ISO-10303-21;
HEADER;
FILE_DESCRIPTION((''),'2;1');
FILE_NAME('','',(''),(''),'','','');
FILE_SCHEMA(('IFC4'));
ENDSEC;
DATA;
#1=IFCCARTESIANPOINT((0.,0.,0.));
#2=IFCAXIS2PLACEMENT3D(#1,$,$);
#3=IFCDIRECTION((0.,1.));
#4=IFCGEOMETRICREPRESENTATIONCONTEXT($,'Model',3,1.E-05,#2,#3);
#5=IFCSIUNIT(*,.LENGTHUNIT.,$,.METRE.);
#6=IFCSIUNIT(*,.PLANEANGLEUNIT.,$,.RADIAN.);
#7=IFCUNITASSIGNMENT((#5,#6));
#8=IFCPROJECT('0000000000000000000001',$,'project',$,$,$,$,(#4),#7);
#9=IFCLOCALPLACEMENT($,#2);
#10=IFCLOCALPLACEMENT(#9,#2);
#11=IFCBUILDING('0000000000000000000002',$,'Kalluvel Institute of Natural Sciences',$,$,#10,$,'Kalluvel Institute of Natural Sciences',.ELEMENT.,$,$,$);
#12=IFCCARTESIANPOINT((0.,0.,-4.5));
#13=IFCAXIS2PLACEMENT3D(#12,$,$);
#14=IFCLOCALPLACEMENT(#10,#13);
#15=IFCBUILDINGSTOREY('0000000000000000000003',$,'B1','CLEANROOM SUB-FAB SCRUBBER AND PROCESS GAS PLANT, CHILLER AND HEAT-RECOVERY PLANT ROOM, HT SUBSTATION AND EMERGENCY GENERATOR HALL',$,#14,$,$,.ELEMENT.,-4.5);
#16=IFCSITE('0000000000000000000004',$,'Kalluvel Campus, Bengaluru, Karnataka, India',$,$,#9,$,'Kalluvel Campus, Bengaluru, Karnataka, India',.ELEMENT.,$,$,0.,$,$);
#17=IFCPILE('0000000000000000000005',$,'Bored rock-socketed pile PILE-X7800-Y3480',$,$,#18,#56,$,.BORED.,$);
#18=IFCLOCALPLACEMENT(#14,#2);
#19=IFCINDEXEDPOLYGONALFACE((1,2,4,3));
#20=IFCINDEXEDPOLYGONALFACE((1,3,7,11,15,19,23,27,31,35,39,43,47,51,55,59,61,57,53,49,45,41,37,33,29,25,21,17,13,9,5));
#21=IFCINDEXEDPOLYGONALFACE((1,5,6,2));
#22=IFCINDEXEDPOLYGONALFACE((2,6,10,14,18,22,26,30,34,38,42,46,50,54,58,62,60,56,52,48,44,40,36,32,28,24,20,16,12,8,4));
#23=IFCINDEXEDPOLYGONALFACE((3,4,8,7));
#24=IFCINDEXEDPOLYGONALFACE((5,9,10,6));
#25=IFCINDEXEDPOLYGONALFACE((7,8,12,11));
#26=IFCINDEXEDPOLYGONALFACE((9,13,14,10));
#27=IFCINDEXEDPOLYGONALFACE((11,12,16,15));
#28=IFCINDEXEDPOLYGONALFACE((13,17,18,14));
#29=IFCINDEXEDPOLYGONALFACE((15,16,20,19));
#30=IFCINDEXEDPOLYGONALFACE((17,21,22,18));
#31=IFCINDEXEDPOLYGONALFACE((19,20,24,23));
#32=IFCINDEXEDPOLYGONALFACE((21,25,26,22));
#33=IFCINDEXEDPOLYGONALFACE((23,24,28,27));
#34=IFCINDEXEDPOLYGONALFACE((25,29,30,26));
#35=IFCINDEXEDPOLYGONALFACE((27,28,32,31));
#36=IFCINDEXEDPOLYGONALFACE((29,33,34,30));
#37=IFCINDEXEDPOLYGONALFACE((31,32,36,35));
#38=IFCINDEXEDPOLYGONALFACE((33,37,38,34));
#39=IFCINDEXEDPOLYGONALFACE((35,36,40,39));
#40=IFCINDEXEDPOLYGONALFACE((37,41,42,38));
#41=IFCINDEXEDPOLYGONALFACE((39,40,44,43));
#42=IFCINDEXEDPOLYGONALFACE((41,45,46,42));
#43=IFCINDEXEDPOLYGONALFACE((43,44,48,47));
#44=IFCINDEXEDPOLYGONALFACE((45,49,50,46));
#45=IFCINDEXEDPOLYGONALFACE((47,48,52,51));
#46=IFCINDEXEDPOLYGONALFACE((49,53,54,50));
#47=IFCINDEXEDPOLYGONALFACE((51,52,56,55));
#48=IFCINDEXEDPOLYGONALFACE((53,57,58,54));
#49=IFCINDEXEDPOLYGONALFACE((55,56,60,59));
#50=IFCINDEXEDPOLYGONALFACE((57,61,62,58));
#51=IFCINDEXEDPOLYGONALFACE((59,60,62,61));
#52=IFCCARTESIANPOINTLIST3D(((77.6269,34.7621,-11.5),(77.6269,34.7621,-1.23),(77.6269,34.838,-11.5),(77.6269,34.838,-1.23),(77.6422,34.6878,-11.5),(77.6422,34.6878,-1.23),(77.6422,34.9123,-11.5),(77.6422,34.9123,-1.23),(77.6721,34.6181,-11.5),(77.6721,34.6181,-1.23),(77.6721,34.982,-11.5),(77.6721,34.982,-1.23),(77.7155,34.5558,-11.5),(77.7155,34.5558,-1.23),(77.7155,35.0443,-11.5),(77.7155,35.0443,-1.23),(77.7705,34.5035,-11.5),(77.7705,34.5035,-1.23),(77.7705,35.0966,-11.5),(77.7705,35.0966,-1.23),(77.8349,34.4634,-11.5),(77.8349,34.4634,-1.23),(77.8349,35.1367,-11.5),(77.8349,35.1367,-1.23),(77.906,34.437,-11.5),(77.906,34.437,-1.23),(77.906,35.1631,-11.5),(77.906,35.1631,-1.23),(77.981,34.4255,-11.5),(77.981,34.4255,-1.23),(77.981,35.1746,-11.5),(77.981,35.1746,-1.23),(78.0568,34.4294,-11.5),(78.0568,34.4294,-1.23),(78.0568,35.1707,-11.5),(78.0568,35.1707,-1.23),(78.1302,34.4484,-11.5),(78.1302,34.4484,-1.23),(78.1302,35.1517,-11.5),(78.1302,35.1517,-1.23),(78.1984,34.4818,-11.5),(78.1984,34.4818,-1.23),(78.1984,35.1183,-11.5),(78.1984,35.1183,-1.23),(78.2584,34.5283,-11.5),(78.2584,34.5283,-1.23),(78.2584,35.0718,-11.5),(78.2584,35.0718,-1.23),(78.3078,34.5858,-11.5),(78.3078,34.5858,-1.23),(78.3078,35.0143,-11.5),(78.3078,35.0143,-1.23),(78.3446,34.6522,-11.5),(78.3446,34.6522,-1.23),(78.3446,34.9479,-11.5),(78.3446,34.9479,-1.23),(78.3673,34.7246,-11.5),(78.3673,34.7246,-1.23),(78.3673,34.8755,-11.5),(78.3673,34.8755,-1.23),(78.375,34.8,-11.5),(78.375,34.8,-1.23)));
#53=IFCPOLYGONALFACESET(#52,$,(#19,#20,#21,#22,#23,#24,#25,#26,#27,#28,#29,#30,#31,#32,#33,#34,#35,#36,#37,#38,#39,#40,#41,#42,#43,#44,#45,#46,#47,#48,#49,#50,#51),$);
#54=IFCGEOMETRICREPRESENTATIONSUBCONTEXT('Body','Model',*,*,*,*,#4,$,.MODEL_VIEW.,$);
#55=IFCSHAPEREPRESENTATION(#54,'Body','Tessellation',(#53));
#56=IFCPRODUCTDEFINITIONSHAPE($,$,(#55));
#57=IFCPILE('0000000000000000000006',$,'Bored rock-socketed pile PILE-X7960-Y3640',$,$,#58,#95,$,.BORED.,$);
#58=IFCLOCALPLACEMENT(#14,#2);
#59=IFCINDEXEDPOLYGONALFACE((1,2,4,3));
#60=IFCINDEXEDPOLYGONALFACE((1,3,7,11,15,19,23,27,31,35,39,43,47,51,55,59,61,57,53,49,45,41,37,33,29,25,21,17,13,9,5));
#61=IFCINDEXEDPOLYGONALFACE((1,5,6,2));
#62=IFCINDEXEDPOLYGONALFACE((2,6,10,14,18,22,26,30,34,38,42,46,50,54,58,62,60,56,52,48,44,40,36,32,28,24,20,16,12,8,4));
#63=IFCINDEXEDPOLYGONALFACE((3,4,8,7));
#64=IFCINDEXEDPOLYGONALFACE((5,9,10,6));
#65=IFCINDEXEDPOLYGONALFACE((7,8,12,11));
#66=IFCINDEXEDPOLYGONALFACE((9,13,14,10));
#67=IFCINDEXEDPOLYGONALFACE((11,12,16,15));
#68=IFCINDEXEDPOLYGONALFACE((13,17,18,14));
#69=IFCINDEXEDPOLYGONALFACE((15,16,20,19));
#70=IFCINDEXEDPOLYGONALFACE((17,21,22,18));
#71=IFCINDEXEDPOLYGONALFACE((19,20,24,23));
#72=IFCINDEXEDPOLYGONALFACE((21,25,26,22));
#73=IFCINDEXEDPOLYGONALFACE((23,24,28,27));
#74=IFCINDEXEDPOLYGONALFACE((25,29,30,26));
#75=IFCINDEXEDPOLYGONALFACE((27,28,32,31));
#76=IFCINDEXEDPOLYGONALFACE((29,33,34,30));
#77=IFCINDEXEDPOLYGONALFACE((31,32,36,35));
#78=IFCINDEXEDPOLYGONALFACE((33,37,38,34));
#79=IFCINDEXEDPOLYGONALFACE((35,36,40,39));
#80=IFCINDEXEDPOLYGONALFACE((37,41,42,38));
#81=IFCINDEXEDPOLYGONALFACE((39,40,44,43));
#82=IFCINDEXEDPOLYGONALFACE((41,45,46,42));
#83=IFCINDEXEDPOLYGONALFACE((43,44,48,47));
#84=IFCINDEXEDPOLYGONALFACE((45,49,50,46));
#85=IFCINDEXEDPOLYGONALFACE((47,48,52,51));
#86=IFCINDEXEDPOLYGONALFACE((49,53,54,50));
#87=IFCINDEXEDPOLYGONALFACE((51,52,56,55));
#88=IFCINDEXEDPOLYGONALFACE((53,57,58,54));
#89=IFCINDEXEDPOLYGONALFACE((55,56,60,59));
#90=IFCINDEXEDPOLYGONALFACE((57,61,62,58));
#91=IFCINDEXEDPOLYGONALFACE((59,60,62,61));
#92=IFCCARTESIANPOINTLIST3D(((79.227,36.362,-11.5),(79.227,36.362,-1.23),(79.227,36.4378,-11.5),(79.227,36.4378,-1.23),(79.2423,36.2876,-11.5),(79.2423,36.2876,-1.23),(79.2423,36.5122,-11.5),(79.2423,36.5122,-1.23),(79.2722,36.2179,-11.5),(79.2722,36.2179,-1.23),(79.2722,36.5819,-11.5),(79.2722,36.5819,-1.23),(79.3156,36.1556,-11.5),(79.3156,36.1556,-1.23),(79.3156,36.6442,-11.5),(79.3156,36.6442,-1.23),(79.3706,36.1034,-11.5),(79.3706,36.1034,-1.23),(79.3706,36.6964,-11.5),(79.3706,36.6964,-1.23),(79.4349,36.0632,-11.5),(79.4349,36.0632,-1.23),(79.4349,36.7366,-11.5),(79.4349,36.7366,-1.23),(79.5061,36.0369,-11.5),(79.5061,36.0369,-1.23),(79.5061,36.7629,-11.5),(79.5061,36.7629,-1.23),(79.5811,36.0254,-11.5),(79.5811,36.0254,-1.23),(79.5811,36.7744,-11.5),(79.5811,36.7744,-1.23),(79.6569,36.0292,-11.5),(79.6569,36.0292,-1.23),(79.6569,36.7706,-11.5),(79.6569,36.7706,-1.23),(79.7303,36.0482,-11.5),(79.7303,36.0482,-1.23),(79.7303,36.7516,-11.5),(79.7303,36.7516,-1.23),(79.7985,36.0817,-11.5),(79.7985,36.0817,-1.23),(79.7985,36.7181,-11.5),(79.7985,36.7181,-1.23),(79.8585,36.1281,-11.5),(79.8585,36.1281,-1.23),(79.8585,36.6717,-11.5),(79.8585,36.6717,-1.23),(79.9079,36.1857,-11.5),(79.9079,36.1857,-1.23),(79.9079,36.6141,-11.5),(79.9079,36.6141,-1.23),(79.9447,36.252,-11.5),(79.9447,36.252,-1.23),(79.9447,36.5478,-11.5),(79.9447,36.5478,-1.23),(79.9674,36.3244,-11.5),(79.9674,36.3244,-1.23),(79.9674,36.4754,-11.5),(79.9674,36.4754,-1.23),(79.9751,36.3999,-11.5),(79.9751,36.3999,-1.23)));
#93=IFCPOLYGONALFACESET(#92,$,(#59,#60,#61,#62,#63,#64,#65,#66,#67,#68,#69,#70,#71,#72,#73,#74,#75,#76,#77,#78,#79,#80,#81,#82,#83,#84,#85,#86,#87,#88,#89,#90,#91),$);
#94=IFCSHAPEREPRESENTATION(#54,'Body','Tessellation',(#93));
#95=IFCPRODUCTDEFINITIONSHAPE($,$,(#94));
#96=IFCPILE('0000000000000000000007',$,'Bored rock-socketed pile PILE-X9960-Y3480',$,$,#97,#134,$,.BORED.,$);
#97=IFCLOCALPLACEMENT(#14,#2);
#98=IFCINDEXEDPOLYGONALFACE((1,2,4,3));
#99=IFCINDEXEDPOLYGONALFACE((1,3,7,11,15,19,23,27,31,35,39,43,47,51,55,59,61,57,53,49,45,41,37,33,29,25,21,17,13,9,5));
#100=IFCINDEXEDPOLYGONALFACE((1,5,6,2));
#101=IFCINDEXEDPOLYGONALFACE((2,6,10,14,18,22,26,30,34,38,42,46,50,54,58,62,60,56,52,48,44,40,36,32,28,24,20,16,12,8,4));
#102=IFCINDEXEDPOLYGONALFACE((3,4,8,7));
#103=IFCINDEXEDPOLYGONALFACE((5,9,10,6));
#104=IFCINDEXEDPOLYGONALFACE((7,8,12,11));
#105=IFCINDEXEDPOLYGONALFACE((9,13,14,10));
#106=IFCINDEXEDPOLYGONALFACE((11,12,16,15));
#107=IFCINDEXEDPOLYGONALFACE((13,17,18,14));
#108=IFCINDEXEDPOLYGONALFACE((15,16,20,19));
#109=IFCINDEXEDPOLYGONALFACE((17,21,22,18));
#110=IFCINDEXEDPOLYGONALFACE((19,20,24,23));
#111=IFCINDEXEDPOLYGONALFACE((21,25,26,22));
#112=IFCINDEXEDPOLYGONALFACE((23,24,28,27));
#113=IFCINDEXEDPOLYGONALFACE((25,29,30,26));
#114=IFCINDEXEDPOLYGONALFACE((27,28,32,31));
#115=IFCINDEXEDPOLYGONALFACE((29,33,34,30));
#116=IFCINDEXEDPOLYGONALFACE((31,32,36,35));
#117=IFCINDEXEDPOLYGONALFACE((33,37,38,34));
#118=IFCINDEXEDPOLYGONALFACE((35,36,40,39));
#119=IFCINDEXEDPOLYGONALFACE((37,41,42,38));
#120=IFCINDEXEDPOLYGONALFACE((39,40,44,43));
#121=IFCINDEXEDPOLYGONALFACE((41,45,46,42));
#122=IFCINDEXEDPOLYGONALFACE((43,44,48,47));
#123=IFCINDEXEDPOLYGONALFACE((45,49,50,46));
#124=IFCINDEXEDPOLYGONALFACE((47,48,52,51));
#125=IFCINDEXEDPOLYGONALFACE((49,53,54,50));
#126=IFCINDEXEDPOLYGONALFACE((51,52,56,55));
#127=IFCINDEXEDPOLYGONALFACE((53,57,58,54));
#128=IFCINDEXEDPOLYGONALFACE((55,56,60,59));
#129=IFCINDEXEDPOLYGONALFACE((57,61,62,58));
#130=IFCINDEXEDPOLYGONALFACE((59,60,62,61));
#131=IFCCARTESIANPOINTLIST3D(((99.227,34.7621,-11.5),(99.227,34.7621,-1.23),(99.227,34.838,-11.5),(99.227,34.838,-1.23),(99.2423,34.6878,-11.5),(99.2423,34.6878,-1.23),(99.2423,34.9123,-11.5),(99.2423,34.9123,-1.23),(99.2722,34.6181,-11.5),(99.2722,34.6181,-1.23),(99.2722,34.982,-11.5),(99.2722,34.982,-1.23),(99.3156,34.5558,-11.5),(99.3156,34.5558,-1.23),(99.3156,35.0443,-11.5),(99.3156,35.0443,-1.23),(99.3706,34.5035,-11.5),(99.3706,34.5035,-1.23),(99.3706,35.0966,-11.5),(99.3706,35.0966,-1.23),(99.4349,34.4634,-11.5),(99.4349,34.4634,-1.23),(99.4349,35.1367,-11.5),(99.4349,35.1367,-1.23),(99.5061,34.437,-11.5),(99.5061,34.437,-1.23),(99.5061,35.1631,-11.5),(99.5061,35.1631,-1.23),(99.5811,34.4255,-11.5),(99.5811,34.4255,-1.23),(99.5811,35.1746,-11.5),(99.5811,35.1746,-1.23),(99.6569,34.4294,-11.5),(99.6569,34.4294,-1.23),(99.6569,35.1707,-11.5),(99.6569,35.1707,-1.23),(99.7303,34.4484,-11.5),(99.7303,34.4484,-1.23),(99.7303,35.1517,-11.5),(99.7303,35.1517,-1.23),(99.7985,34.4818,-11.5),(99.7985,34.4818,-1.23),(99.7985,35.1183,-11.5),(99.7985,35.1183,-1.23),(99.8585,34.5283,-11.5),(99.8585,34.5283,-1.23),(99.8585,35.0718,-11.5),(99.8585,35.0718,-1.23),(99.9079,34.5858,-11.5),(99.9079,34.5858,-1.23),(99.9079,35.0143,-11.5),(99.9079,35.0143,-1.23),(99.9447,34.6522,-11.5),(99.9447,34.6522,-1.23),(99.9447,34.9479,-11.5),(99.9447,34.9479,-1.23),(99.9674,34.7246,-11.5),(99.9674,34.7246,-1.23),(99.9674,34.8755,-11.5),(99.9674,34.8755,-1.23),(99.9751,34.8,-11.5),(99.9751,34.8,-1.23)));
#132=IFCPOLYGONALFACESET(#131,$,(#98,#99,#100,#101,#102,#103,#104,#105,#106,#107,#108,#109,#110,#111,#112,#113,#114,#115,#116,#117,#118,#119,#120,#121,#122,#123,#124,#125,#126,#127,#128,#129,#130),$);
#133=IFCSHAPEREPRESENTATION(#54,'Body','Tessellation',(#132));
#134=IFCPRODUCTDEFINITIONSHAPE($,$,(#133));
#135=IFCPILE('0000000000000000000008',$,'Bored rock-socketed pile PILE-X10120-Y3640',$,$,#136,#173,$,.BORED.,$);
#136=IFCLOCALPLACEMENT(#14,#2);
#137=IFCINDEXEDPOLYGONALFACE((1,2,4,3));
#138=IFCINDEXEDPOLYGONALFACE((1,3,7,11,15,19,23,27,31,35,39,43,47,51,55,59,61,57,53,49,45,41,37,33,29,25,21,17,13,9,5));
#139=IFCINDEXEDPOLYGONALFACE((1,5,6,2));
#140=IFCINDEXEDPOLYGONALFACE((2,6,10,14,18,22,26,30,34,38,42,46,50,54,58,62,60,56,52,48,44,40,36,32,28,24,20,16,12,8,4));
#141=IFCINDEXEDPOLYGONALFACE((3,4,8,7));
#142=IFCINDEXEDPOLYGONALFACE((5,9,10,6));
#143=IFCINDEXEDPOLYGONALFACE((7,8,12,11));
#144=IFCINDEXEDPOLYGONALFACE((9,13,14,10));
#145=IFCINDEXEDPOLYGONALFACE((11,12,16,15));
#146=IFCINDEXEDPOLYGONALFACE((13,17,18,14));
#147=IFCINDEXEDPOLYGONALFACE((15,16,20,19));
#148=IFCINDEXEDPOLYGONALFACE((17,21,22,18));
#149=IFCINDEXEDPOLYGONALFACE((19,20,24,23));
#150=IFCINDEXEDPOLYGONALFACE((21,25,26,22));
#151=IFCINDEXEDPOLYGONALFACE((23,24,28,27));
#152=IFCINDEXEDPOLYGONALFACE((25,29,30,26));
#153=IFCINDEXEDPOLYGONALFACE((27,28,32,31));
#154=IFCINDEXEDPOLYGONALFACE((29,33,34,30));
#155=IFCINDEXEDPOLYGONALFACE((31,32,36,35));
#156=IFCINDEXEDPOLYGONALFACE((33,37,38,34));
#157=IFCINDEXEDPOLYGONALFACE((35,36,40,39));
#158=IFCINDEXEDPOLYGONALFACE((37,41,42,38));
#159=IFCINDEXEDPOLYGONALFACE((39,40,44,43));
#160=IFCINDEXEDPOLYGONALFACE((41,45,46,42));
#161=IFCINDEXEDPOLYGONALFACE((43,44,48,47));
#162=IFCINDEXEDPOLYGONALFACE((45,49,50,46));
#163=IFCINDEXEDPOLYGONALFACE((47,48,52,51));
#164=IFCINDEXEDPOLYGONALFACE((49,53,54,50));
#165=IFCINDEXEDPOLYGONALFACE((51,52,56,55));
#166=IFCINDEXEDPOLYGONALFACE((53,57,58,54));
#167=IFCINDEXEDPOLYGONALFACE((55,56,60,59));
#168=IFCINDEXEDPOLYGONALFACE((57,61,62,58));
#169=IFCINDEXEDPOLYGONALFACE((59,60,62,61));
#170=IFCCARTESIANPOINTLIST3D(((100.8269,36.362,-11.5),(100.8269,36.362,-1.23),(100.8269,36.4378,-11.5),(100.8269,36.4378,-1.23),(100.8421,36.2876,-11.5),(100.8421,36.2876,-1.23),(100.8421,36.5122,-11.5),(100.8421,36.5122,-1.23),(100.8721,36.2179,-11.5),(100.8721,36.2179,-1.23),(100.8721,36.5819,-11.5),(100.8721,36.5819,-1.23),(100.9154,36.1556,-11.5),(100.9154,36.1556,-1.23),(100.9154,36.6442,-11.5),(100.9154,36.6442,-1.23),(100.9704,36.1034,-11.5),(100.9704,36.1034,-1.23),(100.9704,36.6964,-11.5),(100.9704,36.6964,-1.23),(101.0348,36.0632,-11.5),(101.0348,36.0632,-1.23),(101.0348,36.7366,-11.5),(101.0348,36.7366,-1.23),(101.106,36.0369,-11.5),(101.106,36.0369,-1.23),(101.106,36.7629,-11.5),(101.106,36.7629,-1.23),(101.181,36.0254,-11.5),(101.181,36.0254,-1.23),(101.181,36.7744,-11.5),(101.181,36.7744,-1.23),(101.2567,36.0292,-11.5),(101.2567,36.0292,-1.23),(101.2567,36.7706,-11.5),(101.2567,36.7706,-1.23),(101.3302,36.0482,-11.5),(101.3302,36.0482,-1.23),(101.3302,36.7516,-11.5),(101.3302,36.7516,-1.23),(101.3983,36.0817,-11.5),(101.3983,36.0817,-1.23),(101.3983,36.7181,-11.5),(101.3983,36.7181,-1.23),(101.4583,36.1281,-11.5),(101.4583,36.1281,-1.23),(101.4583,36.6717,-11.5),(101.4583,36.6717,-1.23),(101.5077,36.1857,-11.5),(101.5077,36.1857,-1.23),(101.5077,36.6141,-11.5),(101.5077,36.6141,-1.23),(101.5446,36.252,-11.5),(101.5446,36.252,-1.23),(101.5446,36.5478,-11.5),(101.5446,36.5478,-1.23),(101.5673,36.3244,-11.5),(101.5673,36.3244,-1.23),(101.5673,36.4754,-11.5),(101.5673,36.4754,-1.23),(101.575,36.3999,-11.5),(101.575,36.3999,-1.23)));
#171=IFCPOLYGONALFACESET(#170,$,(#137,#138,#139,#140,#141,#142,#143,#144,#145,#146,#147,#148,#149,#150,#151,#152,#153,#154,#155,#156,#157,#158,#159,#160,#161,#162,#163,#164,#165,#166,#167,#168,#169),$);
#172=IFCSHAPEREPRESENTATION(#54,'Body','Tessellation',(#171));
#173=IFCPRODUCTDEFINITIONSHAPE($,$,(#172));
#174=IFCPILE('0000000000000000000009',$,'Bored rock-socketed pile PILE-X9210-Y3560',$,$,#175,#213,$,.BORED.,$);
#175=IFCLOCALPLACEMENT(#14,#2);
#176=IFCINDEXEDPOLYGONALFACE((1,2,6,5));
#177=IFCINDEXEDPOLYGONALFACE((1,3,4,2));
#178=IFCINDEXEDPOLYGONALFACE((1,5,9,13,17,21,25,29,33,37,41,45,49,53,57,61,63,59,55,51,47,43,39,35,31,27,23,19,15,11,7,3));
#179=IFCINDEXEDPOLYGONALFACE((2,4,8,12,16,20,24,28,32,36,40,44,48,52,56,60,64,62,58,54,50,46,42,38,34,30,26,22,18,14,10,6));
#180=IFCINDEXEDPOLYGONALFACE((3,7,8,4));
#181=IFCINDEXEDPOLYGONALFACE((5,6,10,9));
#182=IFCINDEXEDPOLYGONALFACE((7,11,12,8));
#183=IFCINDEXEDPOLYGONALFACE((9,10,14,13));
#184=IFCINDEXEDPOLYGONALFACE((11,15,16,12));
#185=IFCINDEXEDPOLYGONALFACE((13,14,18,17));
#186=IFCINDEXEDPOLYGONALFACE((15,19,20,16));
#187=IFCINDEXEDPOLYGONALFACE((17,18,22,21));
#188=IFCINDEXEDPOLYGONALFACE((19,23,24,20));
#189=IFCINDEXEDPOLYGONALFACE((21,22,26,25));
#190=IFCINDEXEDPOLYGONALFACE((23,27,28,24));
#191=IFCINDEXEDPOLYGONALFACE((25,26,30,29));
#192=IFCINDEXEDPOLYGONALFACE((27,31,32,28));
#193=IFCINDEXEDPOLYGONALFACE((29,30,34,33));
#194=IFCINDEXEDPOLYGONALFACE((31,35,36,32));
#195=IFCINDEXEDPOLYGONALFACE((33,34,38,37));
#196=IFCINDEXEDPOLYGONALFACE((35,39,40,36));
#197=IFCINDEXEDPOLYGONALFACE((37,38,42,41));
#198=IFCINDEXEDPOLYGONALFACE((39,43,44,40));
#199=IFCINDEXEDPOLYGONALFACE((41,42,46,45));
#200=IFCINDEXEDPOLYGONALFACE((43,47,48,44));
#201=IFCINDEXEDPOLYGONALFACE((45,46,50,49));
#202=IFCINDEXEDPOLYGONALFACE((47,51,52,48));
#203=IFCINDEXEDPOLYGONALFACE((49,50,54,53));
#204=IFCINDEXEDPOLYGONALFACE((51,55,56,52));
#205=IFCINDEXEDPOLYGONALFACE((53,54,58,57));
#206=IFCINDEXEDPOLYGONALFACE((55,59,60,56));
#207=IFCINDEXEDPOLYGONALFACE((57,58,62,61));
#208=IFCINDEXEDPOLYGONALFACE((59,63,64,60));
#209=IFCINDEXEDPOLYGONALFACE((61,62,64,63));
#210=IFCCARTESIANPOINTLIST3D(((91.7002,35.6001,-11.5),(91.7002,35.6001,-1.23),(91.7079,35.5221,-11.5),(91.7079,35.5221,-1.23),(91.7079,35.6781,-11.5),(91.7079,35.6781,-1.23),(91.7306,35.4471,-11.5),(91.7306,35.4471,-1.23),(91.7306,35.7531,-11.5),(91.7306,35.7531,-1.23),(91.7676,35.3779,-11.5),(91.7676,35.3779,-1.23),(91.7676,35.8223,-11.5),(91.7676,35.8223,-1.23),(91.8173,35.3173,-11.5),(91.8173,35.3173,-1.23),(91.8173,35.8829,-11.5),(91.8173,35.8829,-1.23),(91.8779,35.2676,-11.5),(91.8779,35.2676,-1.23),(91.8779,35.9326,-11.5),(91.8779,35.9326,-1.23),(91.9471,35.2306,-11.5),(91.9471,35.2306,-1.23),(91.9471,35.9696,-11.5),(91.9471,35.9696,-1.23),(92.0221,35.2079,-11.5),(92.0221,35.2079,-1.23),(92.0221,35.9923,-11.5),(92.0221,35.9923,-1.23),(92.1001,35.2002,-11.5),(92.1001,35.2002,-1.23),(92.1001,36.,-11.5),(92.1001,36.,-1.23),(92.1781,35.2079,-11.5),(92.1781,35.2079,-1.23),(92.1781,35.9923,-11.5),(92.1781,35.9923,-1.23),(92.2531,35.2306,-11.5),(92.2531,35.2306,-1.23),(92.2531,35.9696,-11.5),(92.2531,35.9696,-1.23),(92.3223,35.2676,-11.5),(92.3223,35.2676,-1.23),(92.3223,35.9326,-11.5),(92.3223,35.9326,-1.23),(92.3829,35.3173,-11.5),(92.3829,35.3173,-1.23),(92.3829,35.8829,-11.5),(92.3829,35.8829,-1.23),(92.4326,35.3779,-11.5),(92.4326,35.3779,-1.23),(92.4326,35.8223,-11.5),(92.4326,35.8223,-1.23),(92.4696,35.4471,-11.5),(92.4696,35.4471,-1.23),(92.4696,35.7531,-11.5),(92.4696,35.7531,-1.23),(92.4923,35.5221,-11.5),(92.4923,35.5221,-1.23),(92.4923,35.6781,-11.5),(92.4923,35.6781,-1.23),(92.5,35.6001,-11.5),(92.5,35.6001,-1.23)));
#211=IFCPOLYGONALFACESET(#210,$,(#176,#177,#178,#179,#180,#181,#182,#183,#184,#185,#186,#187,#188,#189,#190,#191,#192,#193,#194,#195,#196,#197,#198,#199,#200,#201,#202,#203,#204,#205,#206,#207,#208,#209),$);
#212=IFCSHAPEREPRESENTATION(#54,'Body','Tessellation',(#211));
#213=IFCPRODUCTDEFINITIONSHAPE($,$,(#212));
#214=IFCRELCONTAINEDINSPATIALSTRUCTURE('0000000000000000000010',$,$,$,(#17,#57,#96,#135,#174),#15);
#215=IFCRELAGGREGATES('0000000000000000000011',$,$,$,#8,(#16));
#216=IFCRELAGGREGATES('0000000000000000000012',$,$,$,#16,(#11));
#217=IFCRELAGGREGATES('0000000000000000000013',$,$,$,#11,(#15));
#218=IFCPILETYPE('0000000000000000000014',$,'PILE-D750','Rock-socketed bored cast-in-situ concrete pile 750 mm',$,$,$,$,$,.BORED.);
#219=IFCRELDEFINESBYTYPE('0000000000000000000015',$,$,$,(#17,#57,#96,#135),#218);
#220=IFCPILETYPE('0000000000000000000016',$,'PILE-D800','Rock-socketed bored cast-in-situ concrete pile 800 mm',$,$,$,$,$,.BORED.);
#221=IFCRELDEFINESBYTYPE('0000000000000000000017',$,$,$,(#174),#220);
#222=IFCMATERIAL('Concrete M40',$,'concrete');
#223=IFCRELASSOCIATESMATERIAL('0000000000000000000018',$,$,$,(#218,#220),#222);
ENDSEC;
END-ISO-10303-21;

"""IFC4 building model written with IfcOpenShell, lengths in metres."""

from ifc_helpers import new_model, si_unit, direction, frame, origin, origin_2d, place, context, subcontext, project, spatial, circle, extrude, material, material_profile, profile_set, type_object, element, save


model = new_model("IFC4")

# Units and contexts
model_context = context("Model", 3, precision=1e-05, world=origin(), true_north=direction((0.0, 1.0)))
body_context = subcontext(model_context, "Body", "Model", "MODEL_VIEW")
ifc_project = project(units=[si_unit("LENGTHUNIT", "METRE"), si_unit("PLANEANGLEUNIT", "RADIAN")], contexts=[model_context])

# Site, building, storey
site_placement = place(None, origin())
site = spatial("IfcSite", under=ifc_project, at=site_placement, Name="Kalluvel Campus, Bengaluru, Karnataka, India", LongName="Kalluvel Campus, Bengaluru, Karnataka, India", CompositionType="ELEMENT", RefElevation=0.0)
building_placement = place(site_placement, origin())
building = spatial("IfcBuilding", under=site, at=building_placement, Name="Kalluvel Institute of Natural Sciences", LongName="Kalluvel Institute of Natural Sciences", CompositionType="ELEMENT")
storey_placement = place(building_placement, frame((0.0, 0.0, -4.5)))
storey = spatial("IfcBuildingStorey", under=building, at=storey_placement, Name="B1", Description="CLEANROOM SUB-FAB SCRUBBER AND PROCESS GAS PLANT, CHILLER AND HEAT-RECOVERY PLANT ROOM, HT SUBSTATION AND EMERGENCY GENERATOR HALL", CompositionType="ELEMENT", Elevation=-4.5)

# Shared definitions
ifc_material_1 = material(Name="Concrete M40", Category="concrete")

# Piles
ifc_material_profile_1 = material_profile(ifc_material_1, circle(Radius=0.375, at=origin_2d()), Name="PILE D750")
ifc_profile_set_1 = profile_set([ifc_material_profile_1], Name="Concrete M40")
pile_type_1 = type_object("IfcPileType", Name="PILE-D750", Description="Rock-socketed bored cast-in-situ concrete pile 750 mm", PredefinedType="BORED", material=ifc_profile_set_1)
for number, where, z_axis, x_axis, name in (
    (1, (78.0, 34.8, -1.23), (0.0, 0.0, -1.0), (1.0, 0.0, 0.0), "Bored rock-socketed pile PILE-X7800-Y3480"),
    (2, (79.6001, 36.3999, -1.23), (0.0, 0.0, -1.0), (1.0, 0.0, 0.0), "Bored rock-socketed pile PILE-X7960-Y3640"),
    (3, (99.6001, 34.8, -1.23), (0.0, 0.0, -1.0), (1.0, 0.0, 0.0), "Bored rock-socketed pile PILE-X9960-Y3480"),
    (4, (101.2, 36.3999, -1.23), (0.0, 0.0, -1.0), (1.0, 0.0, 0.0), "Bored rock-socketed pile PILE-X10120-Y3640"),
):
    element("IfcPile", number, at=place(storey_placement, frame(where, z_axis=z_axis, x_axis=x_axis)), inside=storey, type_object=pile_type_1, Name=name, PredefinedType="BORED", context=body_context, shape_type="SweptSolid", body=[
        extrude(circle(Radius=0.375, at=origin_2d()), origin(), (0.0, 0.0, 1.0), 10.27),
    ])
ifc_material_profile_2 = material_profile(ifc_material_1, circle(Radius=0.3999, at=origin_2d()), Name="PILE D800")
ifc_profile_set_2 = profile_set([ifc_material_profile_2], Name="Concrete M40")
pile_type_2 = type_object("IfcPileType", Name="PILE-D800", Description="Rock-socketed bored cast-in-situ concrete pile 800 mm", PredefinedType="BORED", material=ifc_profile_set_2)
for number, where, z_axis, x_axis, name in (
    (5, (92.1001, 35.6001, -1.23), (0.0, 0.0, -1.0), (1.0, 0.0, 0.0), "Bored rock-socketed pile PILE-X9210-Y3560"),
):
    element("IfcPile", number, at=place(storey_placement, frame(where, z_axis=z_axis, x_axis=x_axis)), inside=storey, type_object=pile_type_2, Name=name, PredefinedType="BORED", context=body_context, shape_type="SweptSolid", body=[
        extrude(circle(Radius=0.3999, at=origin_2d()), origin(), (0.0, 0.0, 1.0), 10.27),
    ])

save(model, "model.ifc")
